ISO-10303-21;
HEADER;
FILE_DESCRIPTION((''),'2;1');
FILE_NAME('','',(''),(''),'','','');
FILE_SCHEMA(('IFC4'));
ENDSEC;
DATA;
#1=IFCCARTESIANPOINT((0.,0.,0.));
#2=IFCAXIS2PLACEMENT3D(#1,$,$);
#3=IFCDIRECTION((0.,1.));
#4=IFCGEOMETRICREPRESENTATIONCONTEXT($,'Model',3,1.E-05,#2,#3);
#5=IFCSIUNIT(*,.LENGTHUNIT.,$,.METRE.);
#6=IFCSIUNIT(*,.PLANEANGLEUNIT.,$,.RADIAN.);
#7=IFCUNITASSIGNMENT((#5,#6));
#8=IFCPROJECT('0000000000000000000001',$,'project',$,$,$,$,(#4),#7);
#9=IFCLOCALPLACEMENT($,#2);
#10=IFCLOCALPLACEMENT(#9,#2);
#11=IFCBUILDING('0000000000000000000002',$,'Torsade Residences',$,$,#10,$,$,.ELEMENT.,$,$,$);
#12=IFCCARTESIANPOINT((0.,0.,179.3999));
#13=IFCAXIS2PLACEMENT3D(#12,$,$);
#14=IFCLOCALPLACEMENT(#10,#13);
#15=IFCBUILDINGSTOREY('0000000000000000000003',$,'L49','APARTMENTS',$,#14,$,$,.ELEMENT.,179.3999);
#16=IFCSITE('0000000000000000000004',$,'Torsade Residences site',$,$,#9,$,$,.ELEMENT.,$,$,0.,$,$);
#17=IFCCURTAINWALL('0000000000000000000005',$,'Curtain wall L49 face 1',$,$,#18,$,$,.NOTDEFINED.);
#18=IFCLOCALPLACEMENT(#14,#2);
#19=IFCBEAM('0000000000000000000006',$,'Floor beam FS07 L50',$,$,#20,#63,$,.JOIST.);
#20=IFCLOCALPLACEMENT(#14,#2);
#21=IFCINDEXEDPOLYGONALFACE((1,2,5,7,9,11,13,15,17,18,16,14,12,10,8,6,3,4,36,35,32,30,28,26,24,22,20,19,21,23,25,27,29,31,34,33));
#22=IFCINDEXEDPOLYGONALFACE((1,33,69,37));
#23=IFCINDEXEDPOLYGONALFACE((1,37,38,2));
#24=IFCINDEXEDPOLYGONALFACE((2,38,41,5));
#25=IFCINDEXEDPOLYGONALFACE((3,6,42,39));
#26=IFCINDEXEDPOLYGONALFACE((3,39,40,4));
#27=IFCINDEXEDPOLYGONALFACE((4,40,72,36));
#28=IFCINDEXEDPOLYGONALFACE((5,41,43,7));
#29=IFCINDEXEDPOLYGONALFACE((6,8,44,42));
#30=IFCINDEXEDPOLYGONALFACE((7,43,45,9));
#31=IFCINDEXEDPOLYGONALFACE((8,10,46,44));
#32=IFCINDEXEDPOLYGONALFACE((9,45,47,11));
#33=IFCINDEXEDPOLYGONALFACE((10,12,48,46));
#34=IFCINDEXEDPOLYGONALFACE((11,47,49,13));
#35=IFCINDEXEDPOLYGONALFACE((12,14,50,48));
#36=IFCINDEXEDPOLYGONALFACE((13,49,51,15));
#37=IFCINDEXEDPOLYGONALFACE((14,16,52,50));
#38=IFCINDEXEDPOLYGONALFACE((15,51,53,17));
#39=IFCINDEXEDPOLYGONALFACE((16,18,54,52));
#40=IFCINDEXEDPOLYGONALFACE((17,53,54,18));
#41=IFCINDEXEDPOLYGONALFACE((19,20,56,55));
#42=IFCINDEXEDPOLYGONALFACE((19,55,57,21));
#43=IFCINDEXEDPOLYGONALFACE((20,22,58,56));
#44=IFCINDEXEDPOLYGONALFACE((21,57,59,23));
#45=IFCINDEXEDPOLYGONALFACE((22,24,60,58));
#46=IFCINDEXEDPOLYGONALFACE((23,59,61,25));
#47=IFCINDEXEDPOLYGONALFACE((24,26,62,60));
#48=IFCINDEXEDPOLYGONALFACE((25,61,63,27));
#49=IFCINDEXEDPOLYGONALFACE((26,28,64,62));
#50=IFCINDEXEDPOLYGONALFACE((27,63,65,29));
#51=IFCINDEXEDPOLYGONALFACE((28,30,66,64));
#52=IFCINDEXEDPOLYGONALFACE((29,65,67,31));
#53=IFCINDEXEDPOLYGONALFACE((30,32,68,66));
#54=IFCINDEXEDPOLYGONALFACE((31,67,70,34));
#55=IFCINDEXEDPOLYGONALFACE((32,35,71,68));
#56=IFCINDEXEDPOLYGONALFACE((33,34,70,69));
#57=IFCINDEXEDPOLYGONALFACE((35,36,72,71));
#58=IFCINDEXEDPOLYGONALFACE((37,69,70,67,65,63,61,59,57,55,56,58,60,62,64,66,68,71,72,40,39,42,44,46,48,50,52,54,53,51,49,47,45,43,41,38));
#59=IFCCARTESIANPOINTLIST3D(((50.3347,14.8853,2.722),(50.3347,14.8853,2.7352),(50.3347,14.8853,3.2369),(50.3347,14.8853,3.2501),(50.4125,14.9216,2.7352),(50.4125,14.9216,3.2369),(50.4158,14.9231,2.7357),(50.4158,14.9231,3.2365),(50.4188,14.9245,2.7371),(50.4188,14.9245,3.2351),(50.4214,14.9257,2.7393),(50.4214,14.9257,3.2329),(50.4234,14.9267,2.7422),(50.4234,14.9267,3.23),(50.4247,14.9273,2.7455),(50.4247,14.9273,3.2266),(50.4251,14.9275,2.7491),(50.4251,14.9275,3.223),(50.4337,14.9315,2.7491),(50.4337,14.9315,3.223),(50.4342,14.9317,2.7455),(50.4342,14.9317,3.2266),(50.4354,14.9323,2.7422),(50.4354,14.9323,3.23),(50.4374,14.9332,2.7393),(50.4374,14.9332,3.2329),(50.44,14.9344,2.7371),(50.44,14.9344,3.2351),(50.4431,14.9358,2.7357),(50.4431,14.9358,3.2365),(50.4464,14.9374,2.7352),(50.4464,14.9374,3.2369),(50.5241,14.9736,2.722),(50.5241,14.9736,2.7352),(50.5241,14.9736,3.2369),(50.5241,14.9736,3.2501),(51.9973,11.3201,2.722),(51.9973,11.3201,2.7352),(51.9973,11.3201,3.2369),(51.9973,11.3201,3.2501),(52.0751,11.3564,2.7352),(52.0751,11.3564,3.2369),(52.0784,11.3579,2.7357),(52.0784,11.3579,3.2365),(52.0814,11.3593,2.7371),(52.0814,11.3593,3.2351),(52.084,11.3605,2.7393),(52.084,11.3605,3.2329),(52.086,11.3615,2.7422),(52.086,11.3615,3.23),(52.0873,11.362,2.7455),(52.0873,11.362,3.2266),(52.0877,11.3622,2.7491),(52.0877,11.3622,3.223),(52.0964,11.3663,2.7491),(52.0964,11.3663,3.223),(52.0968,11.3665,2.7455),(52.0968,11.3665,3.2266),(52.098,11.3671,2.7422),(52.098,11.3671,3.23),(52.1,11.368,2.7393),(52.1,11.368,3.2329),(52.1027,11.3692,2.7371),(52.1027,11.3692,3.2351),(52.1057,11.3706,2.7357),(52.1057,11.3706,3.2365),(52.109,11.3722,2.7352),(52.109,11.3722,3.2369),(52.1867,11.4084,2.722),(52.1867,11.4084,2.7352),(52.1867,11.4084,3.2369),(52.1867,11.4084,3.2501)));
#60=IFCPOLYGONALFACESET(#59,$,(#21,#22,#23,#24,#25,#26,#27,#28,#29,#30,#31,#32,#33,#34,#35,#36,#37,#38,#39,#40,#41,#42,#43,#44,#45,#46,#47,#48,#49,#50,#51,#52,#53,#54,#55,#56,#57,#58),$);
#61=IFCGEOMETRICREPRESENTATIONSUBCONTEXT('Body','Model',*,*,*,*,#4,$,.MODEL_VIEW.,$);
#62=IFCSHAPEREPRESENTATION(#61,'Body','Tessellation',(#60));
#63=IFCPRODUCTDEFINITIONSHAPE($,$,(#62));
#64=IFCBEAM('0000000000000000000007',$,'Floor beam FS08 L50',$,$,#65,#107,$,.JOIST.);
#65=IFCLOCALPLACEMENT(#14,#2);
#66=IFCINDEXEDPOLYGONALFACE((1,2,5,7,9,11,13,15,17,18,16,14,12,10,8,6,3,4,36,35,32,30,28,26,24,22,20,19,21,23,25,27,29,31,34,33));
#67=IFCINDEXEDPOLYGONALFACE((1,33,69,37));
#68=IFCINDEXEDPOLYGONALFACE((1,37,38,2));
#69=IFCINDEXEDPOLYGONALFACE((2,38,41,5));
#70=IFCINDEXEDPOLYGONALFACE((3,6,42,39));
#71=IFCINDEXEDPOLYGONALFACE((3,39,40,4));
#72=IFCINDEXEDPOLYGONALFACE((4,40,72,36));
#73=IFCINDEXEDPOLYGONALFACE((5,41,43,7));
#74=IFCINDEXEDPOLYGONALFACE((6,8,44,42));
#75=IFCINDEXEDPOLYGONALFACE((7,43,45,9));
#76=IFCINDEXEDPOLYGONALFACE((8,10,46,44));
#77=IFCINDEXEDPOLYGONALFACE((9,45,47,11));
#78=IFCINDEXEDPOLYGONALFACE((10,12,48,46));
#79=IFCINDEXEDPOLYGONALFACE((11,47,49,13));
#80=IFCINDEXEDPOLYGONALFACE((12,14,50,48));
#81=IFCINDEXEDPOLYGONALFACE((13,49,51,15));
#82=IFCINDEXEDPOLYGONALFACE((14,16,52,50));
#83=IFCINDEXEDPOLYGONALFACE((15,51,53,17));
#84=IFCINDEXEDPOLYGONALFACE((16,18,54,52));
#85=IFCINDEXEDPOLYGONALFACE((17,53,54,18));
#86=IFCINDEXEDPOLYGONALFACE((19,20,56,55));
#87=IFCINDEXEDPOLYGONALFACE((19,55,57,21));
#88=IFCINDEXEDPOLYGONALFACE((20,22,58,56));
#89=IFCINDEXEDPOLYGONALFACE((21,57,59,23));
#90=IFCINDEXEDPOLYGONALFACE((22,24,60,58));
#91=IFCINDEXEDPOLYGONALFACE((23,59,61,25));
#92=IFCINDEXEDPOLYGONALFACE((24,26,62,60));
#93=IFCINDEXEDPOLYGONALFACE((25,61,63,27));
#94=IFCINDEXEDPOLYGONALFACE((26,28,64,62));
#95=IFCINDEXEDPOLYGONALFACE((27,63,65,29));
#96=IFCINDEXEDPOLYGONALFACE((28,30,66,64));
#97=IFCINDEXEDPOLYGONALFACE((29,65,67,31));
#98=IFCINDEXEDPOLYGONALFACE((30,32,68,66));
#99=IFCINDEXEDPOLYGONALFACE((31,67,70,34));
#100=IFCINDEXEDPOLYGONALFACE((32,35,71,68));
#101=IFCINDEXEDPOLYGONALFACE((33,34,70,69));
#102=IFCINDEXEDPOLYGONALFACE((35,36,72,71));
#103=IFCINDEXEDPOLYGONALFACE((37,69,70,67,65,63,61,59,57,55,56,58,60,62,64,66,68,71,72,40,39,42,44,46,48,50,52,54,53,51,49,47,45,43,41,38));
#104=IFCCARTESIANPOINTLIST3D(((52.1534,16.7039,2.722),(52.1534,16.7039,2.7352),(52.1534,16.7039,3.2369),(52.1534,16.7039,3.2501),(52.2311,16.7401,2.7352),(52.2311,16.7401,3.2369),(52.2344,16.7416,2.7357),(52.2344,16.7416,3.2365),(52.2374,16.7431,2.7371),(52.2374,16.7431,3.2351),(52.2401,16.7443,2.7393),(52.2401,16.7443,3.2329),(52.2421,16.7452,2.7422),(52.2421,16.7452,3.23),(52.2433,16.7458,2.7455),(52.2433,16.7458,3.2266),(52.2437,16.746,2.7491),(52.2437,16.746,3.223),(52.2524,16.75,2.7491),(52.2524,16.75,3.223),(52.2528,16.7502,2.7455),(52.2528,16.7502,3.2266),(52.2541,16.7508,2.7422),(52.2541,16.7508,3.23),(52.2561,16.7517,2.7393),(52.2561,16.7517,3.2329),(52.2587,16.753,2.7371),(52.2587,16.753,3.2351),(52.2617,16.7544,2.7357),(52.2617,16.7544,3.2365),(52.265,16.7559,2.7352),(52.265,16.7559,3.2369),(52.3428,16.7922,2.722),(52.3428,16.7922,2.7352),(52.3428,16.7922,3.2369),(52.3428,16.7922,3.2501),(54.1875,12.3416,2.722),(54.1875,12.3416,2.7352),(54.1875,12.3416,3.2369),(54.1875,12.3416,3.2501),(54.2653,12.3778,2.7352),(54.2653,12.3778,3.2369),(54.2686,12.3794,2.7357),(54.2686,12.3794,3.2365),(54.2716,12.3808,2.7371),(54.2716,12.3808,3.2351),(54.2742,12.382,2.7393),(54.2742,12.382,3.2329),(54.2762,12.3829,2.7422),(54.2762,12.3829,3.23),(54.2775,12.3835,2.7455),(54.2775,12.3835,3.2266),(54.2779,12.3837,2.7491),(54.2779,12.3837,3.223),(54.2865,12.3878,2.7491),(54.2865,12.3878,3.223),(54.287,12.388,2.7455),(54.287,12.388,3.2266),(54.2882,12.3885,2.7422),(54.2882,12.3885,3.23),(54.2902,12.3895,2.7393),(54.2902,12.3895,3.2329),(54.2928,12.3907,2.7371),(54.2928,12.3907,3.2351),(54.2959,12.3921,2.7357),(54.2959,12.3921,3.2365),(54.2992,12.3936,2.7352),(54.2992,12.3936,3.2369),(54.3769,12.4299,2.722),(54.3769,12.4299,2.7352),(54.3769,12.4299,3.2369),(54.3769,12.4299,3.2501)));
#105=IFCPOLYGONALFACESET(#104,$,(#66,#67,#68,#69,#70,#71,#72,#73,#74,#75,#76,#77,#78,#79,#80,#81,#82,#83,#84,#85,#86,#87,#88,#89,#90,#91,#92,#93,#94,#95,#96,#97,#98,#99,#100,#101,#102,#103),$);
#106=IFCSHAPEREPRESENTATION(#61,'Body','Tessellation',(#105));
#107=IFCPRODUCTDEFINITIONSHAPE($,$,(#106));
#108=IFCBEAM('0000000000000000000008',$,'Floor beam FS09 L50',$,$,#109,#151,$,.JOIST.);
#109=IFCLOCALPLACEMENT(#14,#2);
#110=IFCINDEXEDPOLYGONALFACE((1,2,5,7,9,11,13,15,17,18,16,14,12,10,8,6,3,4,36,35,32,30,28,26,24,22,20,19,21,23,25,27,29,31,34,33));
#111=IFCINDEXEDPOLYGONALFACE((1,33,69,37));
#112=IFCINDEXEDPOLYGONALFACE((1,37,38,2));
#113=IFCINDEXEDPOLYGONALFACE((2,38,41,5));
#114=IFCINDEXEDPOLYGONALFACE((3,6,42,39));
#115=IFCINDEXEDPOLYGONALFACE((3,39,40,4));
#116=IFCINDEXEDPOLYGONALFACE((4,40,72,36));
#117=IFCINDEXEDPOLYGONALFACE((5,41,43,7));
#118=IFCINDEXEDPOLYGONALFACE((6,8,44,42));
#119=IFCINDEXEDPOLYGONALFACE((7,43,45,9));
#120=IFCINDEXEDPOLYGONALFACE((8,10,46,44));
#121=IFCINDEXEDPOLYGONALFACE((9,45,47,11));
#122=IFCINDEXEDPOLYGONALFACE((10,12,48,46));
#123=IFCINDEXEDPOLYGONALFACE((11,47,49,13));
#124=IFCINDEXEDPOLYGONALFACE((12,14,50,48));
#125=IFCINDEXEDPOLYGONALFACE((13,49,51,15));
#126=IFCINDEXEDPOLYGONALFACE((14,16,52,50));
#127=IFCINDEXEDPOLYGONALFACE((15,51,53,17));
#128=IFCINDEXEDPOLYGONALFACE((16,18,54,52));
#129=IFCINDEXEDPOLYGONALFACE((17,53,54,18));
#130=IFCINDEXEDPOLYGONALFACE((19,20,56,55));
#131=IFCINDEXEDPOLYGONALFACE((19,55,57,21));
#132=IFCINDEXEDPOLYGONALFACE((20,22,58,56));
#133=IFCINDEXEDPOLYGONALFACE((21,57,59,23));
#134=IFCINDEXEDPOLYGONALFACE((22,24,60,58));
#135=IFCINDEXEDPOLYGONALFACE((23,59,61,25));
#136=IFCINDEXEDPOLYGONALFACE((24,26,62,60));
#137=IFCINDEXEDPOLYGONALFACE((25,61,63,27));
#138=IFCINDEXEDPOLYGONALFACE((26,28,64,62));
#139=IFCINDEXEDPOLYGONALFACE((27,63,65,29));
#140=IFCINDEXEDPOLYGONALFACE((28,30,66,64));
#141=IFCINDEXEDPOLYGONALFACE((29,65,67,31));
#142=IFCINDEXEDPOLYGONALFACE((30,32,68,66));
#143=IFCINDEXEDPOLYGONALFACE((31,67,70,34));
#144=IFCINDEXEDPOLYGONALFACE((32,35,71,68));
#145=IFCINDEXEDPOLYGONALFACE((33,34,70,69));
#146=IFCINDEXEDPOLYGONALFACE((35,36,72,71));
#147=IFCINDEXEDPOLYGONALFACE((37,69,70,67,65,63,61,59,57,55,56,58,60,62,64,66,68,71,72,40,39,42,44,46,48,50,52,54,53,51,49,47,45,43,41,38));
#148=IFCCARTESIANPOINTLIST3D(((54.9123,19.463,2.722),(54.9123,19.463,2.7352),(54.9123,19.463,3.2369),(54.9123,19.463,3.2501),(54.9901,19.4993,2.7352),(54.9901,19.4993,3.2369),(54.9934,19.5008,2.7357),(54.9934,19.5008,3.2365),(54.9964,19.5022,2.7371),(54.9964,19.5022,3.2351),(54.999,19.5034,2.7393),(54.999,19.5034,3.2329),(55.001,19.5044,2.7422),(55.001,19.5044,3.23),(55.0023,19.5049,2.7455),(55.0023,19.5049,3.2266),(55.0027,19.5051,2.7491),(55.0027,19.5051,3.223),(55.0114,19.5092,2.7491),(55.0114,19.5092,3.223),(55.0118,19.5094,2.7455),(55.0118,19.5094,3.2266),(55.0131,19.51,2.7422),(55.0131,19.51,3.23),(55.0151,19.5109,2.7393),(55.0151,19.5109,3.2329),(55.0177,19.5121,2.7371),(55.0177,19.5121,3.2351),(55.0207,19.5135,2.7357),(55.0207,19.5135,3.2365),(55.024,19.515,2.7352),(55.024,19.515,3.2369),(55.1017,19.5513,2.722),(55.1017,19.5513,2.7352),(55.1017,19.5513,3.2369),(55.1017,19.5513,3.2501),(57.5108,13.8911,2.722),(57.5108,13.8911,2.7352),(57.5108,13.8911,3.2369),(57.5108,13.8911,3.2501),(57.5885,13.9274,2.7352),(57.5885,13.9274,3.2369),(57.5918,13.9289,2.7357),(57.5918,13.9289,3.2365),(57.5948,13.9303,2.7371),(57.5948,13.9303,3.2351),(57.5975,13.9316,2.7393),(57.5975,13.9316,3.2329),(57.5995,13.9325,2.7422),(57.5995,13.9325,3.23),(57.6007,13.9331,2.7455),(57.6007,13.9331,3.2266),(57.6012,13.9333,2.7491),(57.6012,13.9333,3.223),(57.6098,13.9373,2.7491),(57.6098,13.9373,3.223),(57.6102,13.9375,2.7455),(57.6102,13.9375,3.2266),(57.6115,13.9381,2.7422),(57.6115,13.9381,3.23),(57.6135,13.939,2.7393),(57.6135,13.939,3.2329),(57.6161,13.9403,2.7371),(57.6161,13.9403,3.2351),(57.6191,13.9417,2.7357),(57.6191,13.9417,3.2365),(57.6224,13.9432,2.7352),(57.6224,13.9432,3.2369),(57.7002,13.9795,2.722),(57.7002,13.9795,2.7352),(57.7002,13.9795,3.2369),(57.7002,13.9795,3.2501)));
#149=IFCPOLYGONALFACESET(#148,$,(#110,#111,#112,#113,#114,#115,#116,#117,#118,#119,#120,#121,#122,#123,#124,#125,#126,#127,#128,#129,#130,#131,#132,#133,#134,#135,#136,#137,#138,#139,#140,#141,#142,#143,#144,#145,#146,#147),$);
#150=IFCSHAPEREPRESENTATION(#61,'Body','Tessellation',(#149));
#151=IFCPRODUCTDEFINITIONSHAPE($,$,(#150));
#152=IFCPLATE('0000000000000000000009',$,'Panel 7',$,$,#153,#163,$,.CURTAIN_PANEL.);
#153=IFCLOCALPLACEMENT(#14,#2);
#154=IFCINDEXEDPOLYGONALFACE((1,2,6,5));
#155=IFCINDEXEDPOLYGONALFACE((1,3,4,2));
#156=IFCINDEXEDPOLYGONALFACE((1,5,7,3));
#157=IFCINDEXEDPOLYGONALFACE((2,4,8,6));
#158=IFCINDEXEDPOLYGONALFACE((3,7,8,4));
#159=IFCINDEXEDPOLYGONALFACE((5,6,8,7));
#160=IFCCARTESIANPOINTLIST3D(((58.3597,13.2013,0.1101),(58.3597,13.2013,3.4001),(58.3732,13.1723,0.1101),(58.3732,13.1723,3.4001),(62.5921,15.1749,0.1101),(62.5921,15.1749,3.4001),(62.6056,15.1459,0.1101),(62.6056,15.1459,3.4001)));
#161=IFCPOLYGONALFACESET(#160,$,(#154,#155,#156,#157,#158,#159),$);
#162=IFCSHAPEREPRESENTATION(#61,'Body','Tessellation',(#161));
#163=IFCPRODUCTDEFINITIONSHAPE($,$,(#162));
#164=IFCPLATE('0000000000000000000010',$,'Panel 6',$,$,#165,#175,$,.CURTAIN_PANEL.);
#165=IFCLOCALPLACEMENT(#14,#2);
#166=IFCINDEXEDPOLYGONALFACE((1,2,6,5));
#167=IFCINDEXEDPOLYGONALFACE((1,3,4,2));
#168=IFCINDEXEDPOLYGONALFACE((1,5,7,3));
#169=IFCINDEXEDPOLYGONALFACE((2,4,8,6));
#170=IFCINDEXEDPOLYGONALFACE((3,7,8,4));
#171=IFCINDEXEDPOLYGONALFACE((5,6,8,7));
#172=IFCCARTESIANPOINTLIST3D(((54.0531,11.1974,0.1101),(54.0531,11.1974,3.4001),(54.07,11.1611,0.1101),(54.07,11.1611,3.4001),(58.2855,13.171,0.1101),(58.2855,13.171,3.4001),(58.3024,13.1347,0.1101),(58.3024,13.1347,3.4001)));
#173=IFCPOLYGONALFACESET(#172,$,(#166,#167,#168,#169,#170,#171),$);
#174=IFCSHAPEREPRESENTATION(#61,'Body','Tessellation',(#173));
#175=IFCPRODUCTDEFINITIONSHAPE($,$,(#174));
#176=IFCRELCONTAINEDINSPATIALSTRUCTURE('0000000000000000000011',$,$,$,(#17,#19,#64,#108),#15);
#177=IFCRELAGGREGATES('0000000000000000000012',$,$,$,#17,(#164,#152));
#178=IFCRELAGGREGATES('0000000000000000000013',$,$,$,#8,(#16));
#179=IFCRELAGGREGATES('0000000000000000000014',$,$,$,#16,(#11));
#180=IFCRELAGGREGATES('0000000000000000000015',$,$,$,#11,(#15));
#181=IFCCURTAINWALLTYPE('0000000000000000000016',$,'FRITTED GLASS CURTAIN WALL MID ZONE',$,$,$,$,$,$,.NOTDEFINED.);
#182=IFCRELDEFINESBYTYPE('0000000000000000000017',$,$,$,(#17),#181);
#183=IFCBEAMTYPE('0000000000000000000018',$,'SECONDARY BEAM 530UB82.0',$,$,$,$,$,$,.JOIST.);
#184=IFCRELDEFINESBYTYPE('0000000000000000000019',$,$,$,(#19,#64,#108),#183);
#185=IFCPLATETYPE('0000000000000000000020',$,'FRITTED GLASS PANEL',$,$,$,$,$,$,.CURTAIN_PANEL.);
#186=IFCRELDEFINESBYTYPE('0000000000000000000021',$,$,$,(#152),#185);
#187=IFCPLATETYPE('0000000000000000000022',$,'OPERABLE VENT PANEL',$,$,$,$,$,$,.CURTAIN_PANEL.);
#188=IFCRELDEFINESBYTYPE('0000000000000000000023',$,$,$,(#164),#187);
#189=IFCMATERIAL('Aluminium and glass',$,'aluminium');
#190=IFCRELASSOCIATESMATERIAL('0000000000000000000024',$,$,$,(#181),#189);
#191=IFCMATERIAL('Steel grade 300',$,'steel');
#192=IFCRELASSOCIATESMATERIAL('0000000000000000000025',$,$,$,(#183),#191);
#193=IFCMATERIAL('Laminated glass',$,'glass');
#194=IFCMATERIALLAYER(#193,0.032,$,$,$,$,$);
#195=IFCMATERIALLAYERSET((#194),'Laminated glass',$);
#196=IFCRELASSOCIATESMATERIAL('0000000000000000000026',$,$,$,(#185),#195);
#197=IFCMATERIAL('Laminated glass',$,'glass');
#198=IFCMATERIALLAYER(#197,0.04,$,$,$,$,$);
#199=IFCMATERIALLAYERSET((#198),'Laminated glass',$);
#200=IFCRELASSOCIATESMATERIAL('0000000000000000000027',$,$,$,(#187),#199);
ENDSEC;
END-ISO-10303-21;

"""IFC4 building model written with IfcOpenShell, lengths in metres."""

from ifc_helpers import new_model, si_unit, direction, frame, origin, origin_2d, place, context, subcontext, project, spatial, rectangle, i_section, extrude, material, layer, layer_set, material_profile, profile_set, type_object, element, aggregate, save


model = new_model("IFC4")

# Units and contexts
model_context = context("Model", 3, precision=1e-05, world=origin(), true_north=direction((0.0, 1.0)))
body_context = subcontext(model_context, "Body", "Model", "MODEL_VIEW")
ifc_project = project(units=[si_unit("LENGTHUNIT", "METRE"), si_unit("PLANEANGLEUNIT", "RADIAN")], contexts=[model_context])

# Site, building, storey
site_placement = place(None, origin())
site = spatial("IfcSite", under=ifc_project, at=site_placement, Name="Torsade Residences site", CompositionType="ELEMENT", RefElevation=0.0)
building_placement = place(site_placement, origin())
building = spatial("IfcBuilding", under=site, at=building_placement, Name="Torsade Residences", CompositionType="ELEMENT")
storey_placement = place(building_placement, frame((0.0, 0.0, 179.3999)))
storey = spatial("IfcBuildingStorey", under=building, at=storey_placement, Name="L49", Description="APARTMENTS", CompositionType="ELEMENT", Elevation=179.3999)

# Curtain wall
ifc_material_1 = material(Name="Aluminium and glass", Category="aluminium")
curtain_wall_type = type_object("IfcCurtainWallType", Name="FRITTED GLASS CURTAIN WALL MID ZONE", PredefinedType="NOTDEFINED", material=ifc_material_1)
curtain_wall_placement = place(storey_placement, origin())
curtain_wall = element("IfcCurtainWall", 1, at=curtain_wall_placement, inside=storey, type_object=curtain_wall_type, Name="Curtain wall L49 face 1", PredefinedType="NOTDEFINED")

# Beams
ifc_material_2 = material(Name="Steel grade 300", Category="steel")
ifc_material_profile_1 = material_profile(ifc_material_2, i_section(OverallWidth=0.209, OverallDepth=0.5281, WebThickness=0.0095, FlangeThickness=0.0132, FilletRadius=0.0139, at=origin_2d()), Name="530UB82.0")
ifc_profile_set_1 = profile_set([ifc_material_profile_1], Name="Steel grade 300")
beam_type_1 = type_object("IfcBeamType", Name="SECONDARY BEAM 530UB82.0", PredefinedType="JOIST", material=ifc_profile_set_1)
beam_1_placement = place(storey_placement, frame((52.092, 11.3643, 2.9861), z_axis=(-0.422644, 0.906296, 0.0), x_axis=(-0.906296, -0.422644, 0.0)))
element("IfcBeam", 2, at=beam_1_placement, inside=storey, type_object=beam_type_1, Name="Floor beam FS07 L50", PredefinedType="JOIST", context=body_context, shape_type="SweptSolid", body=[
    extrude(i_section(OverallWidth=0.209, OverallDepth=0.5281, WebThickness=0.0095, FlangeThickness=0.0132, FilletRadius=0.0139, at=origin_2d()), origin(), (0.0, 0.0, 1.0), 3.9338),
])
beam_2_placement = place(storey_placement, frame((54.2822, 12.3857, 2.9861), z_axis=(-0.422619, 0.906308, 0.0), x_axis=(-0.906308, -0.422619, 0.0)))
element("IfcBeam", 3, at=beam_2_placement, inside=storey, type_object=beam_type_1, Name="Floor beam FS08 L50", PredefinedType="JOIST", context=body_context, shape_type="SweptSolid", body=[
    extrude(i_section(OverallWidth=0.209, OverallDepth=0.5281, WebThickness=0.0095, FlangeThickness=0.0132, FilletRadius=0.0139, at=origin_2d()), origin(), (0.0, 0.0, 1.0), 4.8132),
])
beam_3_placement = place(storey_placement, frame((57.6055, 13.9353, 2.9861), z_axis=(-0.422648, 0.906294, 0.0), x_axis=(-0.906294, -0.422648, 0.0)))
element("IfcBeam", 4, at=beam_3_placement, inside=storey, type_object=beam_type_1, Name="Floor beam FS09 L50", PredefinedType="JOIST", context=body_context, shape_type="SweptSolid", body=[
    extrude(i_section(OverallWidth=0.209, OverallDepth=0.5281, WebThickness=0.0095, FlangeThickness=0.0132, FilletRadius=0.0139, at=origin_2d()), origin(), (0.0, 0.0, 1.0), 6.1479),
])

# Plates
ifc_material_3 = material(Name="Laminated glass", Category="glass")
ifc_layer_1 = layer(ifc_material_3, 0.032)
ifc_layer_set_1 = layer_set([ifc_layer_1], Name="Laminated glass")
plate_type_1 = type_object("IfcPlateType", Name="FRITTED GLASS PANEL", PredefinedType="CURTAIN_PANEL", material=ifc_layer_set_1)
plate_1_placement = place(storey_placement, frame((60.4827, 14.1736, 0.1101), z_axis=(0.0, 0.0, 1.0), x_axis=(0.906308, 0.422618, 0.0)))
plate_1 = element("IfcPlate", 5, at=plate_1_placement, type_object=plate_type_1, Name="Panel 7", PredefinedType="CURTAIN_PANEL", context=body_context, shape_type="SweptSolid", body=[
    extrude(rectangle(XDim=4.6699, YDim=0.032, at=origin_2d()), origin(), (0.0, 0.0, 1.0), 3.29),
])
ifc_material_4 = material(Name="Laminated glass", Category="glass")
ifc_layer_2 = layer(ifc_material_4, 0.04)
ifc_layer_set_2 = layer_set([ifc_layer_2], Name="Laminated glass")
plate_type_2 = type_object("IfcPlateType", Name="OPERABLE VENT PANEL", PredefinedType="CURTAIN_PANEL", material=ifc_layer_set_2)
plate_2_placement = place(storey_placement, frame((56.1777, 12.166, 0.1101), z_axis=(0.0, 0.0, 1.0), x_axis=(0.906308, 0.422618, 0.0)))
plate_2 = element("IfcPlate", 6, at=plate_2_placement, type_object=plate_type_2, Name="Panel 6", PredefinedType="CURTAIN_PANEL", context=body_context, shape_type="SweptSolid", body=[
    extrude(rectangle(XDim=4.6699, YDim=0.04, at=origin_2d()), origin(), (0.0, 0.0, 1.0), 3.29),
])
aggregate(curtain_wall, [plate_2, plate_1])

save(model, "model.ifc")
